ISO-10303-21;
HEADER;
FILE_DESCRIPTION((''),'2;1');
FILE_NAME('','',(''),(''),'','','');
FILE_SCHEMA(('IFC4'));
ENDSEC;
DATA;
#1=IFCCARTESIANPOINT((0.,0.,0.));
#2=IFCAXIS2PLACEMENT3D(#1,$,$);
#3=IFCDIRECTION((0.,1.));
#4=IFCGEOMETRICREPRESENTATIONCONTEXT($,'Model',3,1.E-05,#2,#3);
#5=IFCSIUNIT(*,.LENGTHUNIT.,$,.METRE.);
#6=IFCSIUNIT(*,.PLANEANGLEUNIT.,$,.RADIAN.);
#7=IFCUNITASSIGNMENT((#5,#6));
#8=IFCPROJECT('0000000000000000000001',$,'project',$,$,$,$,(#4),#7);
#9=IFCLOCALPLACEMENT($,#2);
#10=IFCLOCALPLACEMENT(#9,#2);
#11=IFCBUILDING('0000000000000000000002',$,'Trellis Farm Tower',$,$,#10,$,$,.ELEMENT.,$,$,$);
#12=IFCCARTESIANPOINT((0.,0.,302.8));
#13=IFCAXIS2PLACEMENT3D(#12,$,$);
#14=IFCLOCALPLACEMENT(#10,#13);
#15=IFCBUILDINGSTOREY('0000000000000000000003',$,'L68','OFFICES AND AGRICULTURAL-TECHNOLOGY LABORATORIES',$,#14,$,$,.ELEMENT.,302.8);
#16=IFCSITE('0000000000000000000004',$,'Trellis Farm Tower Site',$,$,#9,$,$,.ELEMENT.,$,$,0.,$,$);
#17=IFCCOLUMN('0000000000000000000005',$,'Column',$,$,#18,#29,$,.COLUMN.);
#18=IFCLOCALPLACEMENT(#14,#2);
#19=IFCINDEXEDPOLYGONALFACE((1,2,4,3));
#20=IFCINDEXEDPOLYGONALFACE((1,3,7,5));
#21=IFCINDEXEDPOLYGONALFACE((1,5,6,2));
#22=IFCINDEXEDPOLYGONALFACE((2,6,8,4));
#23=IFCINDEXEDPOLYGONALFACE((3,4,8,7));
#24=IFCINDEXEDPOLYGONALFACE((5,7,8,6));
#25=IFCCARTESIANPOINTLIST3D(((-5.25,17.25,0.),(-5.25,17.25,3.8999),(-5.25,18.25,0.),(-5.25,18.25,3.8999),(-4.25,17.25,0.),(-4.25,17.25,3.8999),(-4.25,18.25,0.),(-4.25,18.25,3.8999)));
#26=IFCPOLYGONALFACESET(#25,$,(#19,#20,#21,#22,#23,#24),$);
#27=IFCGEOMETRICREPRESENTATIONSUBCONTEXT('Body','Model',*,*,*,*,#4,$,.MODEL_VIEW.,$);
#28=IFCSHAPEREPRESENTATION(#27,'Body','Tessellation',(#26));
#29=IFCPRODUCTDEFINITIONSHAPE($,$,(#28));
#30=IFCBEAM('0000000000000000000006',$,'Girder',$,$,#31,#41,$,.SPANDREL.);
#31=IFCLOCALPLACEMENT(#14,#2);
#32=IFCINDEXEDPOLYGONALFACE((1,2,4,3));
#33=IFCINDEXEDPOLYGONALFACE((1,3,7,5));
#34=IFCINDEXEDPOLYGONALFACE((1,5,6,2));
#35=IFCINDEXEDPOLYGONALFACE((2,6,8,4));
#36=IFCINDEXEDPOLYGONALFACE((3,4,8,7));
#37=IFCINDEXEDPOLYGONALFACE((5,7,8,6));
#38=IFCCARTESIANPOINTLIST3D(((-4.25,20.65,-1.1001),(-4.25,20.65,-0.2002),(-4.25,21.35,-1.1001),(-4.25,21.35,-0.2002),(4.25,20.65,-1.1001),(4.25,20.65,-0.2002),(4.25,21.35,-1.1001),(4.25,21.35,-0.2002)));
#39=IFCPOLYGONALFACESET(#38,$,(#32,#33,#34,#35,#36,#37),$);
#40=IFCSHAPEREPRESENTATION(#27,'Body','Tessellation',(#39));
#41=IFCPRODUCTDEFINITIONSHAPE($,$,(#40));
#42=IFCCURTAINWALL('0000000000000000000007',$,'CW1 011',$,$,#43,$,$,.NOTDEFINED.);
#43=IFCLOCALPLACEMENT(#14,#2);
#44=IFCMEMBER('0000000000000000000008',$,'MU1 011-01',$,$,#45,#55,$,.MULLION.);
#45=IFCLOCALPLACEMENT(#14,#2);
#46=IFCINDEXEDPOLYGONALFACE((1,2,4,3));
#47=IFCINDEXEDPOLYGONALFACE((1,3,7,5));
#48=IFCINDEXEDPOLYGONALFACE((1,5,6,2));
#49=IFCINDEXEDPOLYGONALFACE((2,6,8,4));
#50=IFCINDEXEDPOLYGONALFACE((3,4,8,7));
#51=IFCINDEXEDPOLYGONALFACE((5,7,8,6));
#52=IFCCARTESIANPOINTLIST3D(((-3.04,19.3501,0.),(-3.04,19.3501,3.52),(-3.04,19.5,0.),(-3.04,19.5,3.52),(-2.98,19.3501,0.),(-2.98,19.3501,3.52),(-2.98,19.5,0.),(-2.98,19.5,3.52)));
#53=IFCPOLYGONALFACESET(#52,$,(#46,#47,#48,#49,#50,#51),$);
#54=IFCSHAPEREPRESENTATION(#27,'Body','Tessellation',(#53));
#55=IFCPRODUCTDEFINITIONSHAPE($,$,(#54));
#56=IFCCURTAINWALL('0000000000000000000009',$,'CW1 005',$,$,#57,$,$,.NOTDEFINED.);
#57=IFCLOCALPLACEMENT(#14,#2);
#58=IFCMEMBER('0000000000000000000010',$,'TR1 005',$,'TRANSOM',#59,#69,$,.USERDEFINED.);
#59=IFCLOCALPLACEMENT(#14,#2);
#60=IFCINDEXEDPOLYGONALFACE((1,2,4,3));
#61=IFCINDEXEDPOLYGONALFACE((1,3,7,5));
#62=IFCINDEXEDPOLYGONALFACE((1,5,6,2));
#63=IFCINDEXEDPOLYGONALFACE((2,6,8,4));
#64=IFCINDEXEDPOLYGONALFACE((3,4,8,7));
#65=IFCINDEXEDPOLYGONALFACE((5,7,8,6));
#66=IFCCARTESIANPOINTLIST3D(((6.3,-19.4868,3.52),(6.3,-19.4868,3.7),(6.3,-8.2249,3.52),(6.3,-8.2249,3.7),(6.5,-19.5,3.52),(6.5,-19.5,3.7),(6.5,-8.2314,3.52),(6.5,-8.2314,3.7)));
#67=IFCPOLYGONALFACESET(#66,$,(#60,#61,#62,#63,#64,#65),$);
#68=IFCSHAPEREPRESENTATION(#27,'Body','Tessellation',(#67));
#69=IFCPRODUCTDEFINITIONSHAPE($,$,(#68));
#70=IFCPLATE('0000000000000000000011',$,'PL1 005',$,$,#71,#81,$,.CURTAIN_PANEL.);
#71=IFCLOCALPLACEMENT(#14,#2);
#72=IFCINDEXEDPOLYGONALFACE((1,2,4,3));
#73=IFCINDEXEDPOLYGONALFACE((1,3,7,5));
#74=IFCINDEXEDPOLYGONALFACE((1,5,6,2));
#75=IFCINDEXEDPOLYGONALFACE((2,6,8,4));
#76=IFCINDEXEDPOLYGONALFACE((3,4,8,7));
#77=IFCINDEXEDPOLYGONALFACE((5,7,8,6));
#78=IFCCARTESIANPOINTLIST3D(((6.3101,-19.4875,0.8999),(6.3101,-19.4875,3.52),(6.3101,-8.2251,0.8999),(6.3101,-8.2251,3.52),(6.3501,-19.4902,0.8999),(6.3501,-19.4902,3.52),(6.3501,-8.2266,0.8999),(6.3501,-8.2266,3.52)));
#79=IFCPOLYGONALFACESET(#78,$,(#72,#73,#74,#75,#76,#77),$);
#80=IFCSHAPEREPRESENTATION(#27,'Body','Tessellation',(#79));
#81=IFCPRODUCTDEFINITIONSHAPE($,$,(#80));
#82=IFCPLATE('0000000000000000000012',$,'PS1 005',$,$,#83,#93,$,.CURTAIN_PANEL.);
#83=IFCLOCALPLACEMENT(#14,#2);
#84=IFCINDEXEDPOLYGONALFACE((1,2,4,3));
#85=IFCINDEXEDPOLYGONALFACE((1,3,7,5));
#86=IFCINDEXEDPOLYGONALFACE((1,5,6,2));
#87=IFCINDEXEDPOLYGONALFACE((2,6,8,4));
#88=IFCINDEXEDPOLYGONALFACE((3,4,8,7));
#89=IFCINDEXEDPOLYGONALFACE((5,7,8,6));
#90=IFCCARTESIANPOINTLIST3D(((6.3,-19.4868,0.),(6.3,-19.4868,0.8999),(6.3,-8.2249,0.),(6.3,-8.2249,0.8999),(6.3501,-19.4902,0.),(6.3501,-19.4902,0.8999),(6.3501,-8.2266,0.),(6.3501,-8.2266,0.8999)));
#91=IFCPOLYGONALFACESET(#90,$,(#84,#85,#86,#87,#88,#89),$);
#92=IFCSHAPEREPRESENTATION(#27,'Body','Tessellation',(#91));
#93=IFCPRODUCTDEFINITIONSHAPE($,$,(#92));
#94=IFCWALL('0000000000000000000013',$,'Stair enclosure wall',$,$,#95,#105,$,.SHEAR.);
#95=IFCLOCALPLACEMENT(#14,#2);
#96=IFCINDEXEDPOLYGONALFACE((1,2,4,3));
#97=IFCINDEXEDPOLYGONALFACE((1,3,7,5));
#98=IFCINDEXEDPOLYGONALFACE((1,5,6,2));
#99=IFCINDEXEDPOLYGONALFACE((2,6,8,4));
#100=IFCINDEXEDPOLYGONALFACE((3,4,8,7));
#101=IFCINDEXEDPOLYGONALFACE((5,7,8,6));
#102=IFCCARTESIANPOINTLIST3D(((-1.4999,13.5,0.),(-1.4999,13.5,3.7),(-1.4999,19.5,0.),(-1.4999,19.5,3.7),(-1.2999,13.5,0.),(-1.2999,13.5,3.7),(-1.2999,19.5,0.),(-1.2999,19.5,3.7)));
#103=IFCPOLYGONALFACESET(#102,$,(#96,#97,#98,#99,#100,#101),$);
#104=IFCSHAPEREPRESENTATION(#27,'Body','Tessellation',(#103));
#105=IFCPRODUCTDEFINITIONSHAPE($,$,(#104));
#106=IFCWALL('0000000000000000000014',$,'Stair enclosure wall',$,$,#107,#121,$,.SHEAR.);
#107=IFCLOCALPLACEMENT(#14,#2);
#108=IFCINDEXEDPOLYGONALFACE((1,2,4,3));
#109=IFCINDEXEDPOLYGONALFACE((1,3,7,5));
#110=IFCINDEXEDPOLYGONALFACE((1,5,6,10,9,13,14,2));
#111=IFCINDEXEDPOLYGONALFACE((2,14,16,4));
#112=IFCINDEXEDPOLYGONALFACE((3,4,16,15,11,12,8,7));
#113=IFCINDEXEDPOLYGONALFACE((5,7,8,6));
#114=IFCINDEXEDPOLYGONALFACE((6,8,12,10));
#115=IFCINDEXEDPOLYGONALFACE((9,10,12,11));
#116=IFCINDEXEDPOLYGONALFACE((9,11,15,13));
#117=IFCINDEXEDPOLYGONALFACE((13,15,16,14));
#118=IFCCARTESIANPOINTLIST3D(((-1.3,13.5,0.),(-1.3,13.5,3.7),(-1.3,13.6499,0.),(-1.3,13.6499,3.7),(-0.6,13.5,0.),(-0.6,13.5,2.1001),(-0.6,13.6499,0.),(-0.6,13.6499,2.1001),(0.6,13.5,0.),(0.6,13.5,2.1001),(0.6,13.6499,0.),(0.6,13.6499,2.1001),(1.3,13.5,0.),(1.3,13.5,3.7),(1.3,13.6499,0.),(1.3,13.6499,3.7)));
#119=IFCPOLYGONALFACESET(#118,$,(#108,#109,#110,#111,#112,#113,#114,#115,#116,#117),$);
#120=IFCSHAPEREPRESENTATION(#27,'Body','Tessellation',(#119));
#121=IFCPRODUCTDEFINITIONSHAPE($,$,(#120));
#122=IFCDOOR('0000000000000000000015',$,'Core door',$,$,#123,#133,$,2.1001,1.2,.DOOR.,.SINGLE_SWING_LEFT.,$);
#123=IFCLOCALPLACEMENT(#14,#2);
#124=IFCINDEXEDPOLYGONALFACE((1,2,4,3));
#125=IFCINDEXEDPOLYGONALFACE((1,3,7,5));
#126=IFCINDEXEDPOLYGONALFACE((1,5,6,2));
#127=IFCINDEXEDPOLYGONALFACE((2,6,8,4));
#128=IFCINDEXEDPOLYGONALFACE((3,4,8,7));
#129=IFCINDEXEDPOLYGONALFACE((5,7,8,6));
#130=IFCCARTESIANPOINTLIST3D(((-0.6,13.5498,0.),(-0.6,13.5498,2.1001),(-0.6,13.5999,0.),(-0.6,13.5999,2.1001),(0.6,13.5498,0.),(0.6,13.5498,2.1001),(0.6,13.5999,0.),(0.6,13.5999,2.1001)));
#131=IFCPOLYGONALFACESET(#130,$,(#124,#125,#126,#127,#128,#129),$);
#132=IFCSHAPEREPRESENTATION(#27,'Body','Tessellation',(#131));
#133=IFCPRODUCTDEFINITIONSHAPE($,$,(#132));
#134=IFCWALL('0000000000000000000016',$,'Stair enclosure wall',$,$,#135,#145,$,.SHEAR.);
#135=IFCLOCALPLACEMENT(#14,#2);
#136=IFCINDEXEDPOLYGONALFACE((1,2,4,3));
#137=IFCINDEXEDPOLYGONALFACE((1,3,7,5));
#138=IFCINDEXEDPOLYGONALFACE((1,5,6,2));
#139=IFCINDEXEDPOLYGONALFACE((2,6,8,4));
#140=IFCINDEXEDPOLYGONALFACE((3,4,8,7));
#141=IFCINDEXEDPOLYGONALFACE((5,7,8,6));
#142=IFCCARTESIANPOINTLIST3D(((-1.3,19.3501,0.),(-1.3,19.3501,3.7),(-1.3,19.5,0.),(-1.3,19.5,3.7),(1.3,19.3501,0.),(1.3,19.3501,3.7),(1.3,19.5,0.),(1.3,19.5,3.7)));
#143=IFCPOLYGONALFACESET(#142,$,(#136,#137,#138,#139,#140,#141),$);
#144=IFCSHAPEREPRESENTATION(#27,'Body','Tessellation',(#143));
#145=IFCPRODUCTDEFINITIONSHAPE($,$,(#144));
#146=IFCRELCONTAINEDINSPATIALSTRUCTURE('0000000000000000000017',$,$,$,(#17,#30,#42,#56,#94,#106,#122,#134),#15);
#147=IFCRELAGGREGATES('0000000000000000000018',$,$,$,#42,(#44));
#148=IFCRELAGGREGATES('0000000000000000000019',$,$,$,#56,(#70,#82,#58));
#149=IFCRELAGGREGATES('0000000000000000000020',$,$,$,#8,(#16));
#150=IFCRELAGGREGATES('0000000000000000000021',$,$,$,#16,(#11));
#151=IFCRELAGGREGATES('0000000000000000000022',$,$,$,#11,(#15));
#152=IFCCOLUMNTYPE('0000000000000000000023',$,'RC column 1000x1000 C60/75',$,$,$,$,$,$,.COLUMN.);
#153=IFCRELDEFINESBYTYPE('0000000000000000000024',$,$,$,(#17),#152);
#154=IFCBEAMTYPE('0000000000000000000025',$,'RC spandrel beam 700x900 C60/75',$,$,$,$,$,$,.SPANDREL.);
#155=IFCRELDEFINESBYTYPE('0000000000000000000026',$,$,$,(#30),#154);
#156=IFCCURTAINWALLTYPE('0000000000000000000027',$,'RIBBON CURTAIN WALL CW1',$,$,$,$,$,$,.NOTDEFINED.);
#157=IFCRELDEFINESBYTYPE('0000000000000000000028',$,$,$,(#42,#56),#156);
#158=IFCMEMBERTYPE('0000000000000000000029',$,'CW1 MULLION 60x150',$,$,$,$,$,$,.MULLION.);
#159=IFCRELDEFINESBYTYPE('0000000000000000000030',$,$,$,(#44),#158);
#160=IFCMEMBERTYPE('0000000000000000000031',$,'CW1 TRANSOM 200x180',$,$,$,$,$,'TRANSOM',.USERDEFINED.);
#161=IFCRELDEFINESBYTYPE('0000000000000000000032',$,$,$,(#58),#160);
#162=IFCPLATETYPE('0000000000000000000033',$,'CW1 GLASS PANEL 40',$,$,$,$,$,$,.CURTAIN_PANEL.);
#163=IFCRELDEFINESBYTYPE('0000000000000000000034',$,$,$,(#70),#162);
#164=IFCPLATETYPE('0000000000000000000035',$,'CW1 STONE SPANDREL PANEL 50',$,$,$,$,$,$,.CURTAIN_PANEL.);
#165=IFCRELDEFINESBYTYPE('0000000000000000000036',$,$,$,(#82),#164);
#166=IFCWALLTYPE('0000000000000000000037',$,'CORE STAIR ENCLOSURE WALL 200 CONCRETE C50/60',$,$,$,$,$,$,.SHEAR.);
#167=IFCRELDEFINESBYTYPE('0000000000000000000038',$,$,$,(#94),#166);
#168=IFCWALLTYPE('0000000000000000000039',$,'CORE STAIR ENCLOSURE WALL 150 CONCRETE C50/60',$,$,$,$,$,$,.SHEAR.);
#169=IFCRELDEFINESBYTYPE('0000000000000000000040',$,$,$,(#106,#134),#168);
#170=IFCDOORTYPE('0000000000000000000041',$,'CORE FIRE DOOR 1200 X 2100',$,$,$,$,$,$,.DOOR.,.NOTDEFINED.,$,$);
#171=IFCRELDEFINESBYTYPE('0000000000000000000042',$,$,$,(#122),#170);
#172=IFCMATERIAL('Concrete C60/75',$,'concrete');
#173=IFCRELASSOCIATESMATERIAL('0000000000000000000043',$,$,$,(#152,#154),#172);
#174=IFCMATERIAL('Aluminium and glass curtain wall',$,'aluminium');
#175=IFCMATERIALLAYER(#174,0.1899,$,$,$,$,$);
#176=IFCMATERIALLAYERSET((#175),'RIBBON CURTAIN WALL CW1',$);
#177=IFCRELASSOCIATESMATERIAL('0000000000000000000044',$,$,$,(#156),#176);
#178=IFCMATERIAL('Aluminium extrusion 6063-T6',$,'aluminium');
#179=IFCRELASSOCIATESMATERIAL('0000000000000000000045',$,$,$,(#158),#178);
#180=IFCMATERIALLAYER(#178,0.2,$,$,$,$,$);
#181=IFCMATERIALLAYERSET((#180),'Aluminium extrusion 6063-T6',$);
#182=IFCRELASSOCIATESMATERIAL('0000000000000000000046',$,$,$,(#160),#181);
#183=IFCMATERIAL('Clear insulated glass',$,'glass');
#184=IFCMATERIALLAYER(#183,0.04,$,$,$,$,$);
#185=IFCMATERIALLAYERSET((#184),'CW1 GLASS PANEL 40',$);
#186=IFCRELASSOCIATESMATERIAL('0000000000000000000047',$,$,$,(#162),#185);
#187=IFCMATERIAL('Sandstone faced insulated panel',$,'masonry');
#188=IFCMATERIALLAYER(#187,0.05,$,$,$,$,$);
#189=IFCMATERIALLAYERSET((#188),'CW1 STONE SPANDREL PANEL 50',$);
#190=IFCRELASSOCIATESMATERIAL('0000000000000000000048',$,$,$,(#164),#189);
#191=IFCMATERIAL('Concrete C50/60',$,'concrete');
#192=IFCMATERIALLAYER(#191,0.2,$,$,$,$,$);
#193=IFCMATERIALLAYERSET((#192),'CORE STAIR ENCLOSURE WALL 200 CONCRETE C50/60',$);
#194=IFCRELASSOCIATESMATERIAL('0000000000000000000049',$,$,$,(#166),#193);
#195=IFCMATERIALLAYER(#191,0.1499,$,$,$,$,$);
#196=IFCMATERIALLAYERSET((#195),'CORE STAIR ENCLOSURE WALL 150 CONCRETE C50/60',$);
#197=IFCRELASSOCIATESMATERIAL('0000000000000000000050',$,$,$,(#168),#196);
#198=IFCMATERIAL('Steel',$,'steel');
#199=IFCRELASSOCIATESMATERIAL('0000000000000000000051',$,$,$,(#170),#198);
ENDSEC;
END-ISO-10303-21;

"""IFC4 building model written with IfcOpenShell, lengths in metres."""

from ifc_helpers import new_model, si_unit, direction, frame, frame_2d, origin, origin_2d, place, context, subcontext, project, spatial, polyline, rectangle, outline, extrude, source, transform, mapped, material, layer, layer_set, material_profile, profile_set, type_object, element, fill, aggregate, save


model = new_model("IFC4")

# Units and contexts
model_context = context("Model", 3, precision=1e-05, world=origin(), true_north=direction((0.0, 1.0)))
body_context = subcontext(model_context, "Body", "Model", "MODEL_VIEW")
ifc_project = project(units=[si_unit("LENGTHUNIT", "METRE"), si_unit("PLANEANGLEUNIT", "RADIAN")], contexts=[model_context])

# Site, building, storey
site_placement = place(None, origin())
site = spatial("IfcSite", under=ifc_project, at=site_placement, Name="Trellis Farm Tower Site", CompositionType="ELEMENT", RefElevation=0.0)
building_placement = place(site_placement, origin())
building = spatial("IfcBuilding", under=site, at=building_placement, Name="Trellis Farm Tower", CompositionType="ELEMENT")
storey_placement = place(building_placement, frame((0.0, 0.0, 302.8)))
storey = spatial("IfcBuildingStorey", under=building, at=storey_placement, Name="L68", Description="OFFICES AND AGRICULTURAL-TECHNOLOGY LABORATORIES", CompositionType="ELEMENT", Elevation=302.8)

# Column
ifc_material_1 = material(Name="Concrete C60/75", Category="concrete")
ifc_material_profile_1 = material_profile(ifc_material_1, rectangle(XDim=1.0, YDim=1.0, at=origin_2d()), Name="RC column 1000x1000 C60/75")
ifc_profile_set_1 = profile_set([ifc_material_profile_1], Name="Concrete C60/75")
column_type = type_object("IfcColumnType", Name="RC column 1000x1000 C60/75", PredefinedType="COLUMN", material=ifc_profile_set_1)
shared_shape_1 = source(origin(), body_context, "Body", "SweptSolid", [
    extrude(rectangle(XDim=1.0, YDim=1.0, at=origin_2d()), origin(), (0.0, 0.0, 1.0), 3.8999),
])
column_placement = place(storey_placement, frame((-4.75, 17.75, 0.0), z_axis=(0.0, 0.0, 1.0), x_axis=(1.0, 0.0, 0.0)))
element("IfcColumn", 1, at=column_placement, inside=storey, type_object=column_type, Name="Column", PredefinedType="COLUMN", context=body_context, shape_type="MappedRepresentation", body=[
    mapped(shared_shape_1, transform((0.0, 0.0, 0.0))),
])

# Beam
ifc_material_profile_2 = material_profile(ifc_material_1, rectangle(XDim=0.7, YDim=0.8999, at=origin_2d()), Name="RC spandrel beam 700x900 C60/75")
ifc_profile_set_2 = profile_set([ifc_material_profile_2], Name="Concrete C60/75")
beam_type = type_object("IfcBeamType", Name="RC spandrel beam 700x900 C60/75", PredefinedType="SPANDREL", material=ifc_profile_set_2)
shared_shape_2 = source(origin(), body_context, "Body", "SweptSolid", [
    extrude(rectangle(XDim=0.7, YDim=0.8999, at=origin_2d()), origin(), (0.0, 0.0, 1.0), 8.5),
])
beam_placement = place(storey_placement, frame((-4.25, 21.0, -0.6501), z_axis=(1.0, 0.0, 0.0), x_axis=(0.0, 1.0, 0.0)))
element("IfcBeam", 2, at=beam_placement, inside=storey, type_object=beam_type, Name="Girder", PredefinedType="SPANDREL", context=body_context, shape_type="MappedRepresentation", body=[
    mapped(shared_shape_2, transform((0.0, 0.0, 0.0))),
])

# Curtain wall, member
ifc_material_2 = material(Name="Aluminium and glass curtain wall", Category="aluminium")
ifc_layer_1 = layer(ifc_material_2, 0.1899)
ifc_layer_set_1 = layer_set([ifc_layer_1], Name="RIBBON CURTAIN WALL CW1")
curtain_wall_type = type_object("IfcCurtainWallType", Name="RIBBON CURTAIN WALL CW1", PredefinedType="NOTDEFINED", material=ifc_layer_set_1)
placement = place(storey_placement, origin())
curtain_wall_1 = element("IfcCurtainWall", 3, at=placement, inside=storey, type_object=curtain_wall_type, Name="CW1 011", PredefinedType="NOTDEFINED")
ifc_material_3 = material(Name="Aluminium extrusion 6063-T6", Category="aluminium")
ifc_material_profile_3 = material_profile(ifc_material_3, rectangle(XDim=0.0601, YDim=0.1499, at=origin_2d()), Name="MULLION 60x150")
ifc_profile_set_3 = profile_set([ifc_material_profile_3], Name="Aluminium extrusion 6063-T6")
member_type_1 = type_object("IfcMemberType", Name="CW1 MULLION 60x150", PredefinedType="MULLION", material=ifc_profile_set_3)
shared_shape_3 = source(origin(), body_context, "Body", "SweptSolid", [
    extrude(rectangle(XDim=0.0601, YDim=0.1499, at=origin_2d()), origin(), (0.0, 0.0, 1.0), 3.52),
])
member_1_placement = place(storey_placement, frame((-3.01, 19.425, 0.0), z_axis=(0.0, 0.0, 1.0), x_axis=(-1.0, 0.0, 0.0)))
member_1 = element("IfcMember", 4, at=member_1_placement, type_object=member_type_1, Name="MU1 011-01", PredefinedType="MULLION", context=body_context, shape_type="MappedRepresentation", body=[
    mapped(shared_shape_3, transform((0.0, 0.0, 0.0))),
])
aggregate(curtain_wall_1, [member_1])

# Curtain wall, member, plates
curtain_wall_2 = element("IfcCurtainWall", 5, at=placement, inside=storey, type_object=curtain_wall_type, Name="CW1 005", PredefinedType="NOTDEFINED")
ifc_layer_2 = layer(ifc_material_3, 0.2)
ifc_layer_set_2 = layer_set([ifc_layer_2], Name="Aluminium extrusion 6063-T6")
member_type_2 = type_object("IfcMemberType", Name="CW1 TRANSOM 200x180", ElementType="TRANSOM", PredefinedType="USERDEFINED", material=ifc_layer_set_2)
shared_shape_4 = source(origin(), body_context, "Body", "SweptSolid", [
    extrude(outline(polyline([(6.5, -19.5), (6.5, -8.2314), (6.3, -8.2249), (6.3, -19.4868), (6.5, -19.5)])), origin(), (0.0, 0.0, 1.0), 0.1799),
])
member_2_placement = place(storey_placement, frame((0.0, 0.0, 3.52)))
member_2 = element("IfcMember", 6, at=member_2_placement, type_object=member_type_2, Name="TR1 005", ObjectType="TRANSOM", PredefinedType="USERDEFINED", context=body_context, shape_type="MappedRepresentation", body=[
    mapped(shared_shape_4, transform((0.0, 0.0, 0.0))),
])
ifc_material_4 = material(Name="Clear insulated glass", Category="glass")
ifc_layer_3 = layer(ifc_material_4, 0.04)
ifc_layer_set_3 = layer_set([ifc_layer_3], Name="CW1 GLASS PANEL 40")
plate_type_1 = type_object("IfcPlateType", Name="CW1 GLASS PANEL 40", PredefinedType="CURTAIN_PANEL", material=ifc_layer_set_3)
shared_shape_5 = source(origin(), body_context, "Body", "SweptSolid", [
    extrude(outline(polyline([(6.3501, -19.4902), (6.3501, -8.2266), (6.3101, -8.2251), (6.3101, -19.4875), (6.3501, -19.4902)])), origin(), (0.0, 0.0, 1.0), 2.6201),
])
plate_1_placement = place(storey_placement, frame((0.0, 0.0, 0.8999)))
plate_1 = element("IfcPlate", 7, at=plate_1_placement, type_object=plate_type_1, Name="PL1 005", PredefinedType="CURTAIN_PANEL", context=body_context, shape_type="MappedRepresentation", body=[
    mapped(shared_shape_5, transform((0.0, 0.0, 0.0))),
])
ifc_material_5 = material(Name="Sandstone faced insulated panel", Category="masonry")
ifc_layer_4 = layer(ifc_material_5, 0.05)
ifc_layer_set_4 = layer_set([ifc_layer_4], Name="CW1 STONE SPANDREL PANEL 50")
plate_type_2 = type_object("IfcPlateType", Name="CW1 STONE SPANDREL PANEL 50", PredefinedType="CURTAIN_PANEL", material=ifc_layer_set_4)
shared_shape_6 = source(origin(), body_context, "Body", "SweptSolid", [
    extrude(outline(polyline([(6.3501, -19.4902), (6.3501, -8.2266), (6.3, -8.2249), (6.3, -19.4868), (6.3501, -19.4902)])), origin(), (0.0, 0.0, 1.0), 0.8999),
])
plate_2 = element("IfcPlate", 8, at=placement, type_object=plate_type_2, Name="PS1 005", PredefinedType="CURTAIN_PANEL", context=body_context, shape_type="MappedRepresentation", body=[
    mapped(shared_shape_6, transform((0.0, 0.0, 0.0))),
])
aggregate(curtain_wall_2, [plate_1, plate_2, member_2])

# Wall
ifc_material_6 = material(Name="Concrete C50/60", Category="concrete")
ifc_layer_5 = layer(ifc_material_6, 0.2)
ifc_layer_set_5 = layer_set([ifc_layer_5], Name="CORE STAIR ENCLOSURE WALL 200 CONCRETE C50/60")
wall_type_1 = type_object("IfcWallType", Name="CORE STAIR ENCLOSURE WALL 200 CONCRETE C50/60", PredefinedType="SHEAR", material=ifc_layer_set_5)
shared_shape_7 = source(origin(), body_context, "Body", "SweptSolid", [
    extrude(rectangle(XDim=6.0, YDim=0.2, at=frame_2d((3.0, 0.0))), origin(), (0.0, 0.0, 1.0), 3.7),
])
wall_1_placement = place(storey_placement, frame((-1.3999, 13.5, 0.0), z_axis=(0.0, 0.0, 1.0), x_axis=(0.0, 1.0, 0.0)))
element("IfcWall", 9, at=wall_1_placement, inside=storey, type_object=wall_type_1, Name="Stair enclosure wall", PredefinedType="SHEAR", context=body_context, shape_type="MappedRepresentation", body=[
    mapped(shared_shape_7, transform((0.0, 0.0, 0.0))),
])

# Wall, opening, door
ifc_layer_6 = layer(ifc_material_6, 0.1499)
ifc_layer_set_6 = layer_set([ifc_layer_6], Name="CORE STAIR ENCLOSURE WALL 150 CONCRETE C50/60")
wall_type_2 = type_object("IfcWallType", Name="CORE STAIR ENCLOSURE WALL 150 CONCRETE C50/60", PredefinedType="SHEAR", material=ifc_layer_set_6)
shared_shape_8 = source(origin(), body_context, "Body", "SweptSolid", [
    extrude(rectangle(XDim=2.6001, YDim=0.1499, at=frame_2d((1.3, 0.0))), origin(), (0.0, 0.0, 1.0), 3.7),
])
wall_2_placement = place(storey_placement, frame((-1.3, 13.575, 0.0), z_axis=(0.0, 0.0, 1.0), x_axis=(1.0, 0.0, 0.0)))
wall_2 = element("IfcWall", 10, at=wall_2_placement, inside=storey, type_object=wall_type_2, Name="Stair enclosure wall", PredefinedType="SHEAR", context=body_context, shape_type="MappedRepresentation", body=[
    mapped(shared_shape_8, transform((0.0, 0.0, 0.0))),
])
shared_shape_9 = source(origin(), body_context, "Body", "SweptSolid", [
    extrude(rectangle(XDim=1.2, YDim=2.1001, at=frame_2d((0.6001, 1.05))), frame((0.0, 0.085, 0.0), z_axis=(0.0, -1.0, 0.0), x_axis=(1.0, 0.0, 0.0)), (0.0, 0.0, 1.0), 0.1699),
])
opening_1_placement = place(wall_2_placement, frame((0.7, 0.0, 0.0)))
opening_1 = element("IfcOpeningElement", 11, at=opening_1_placement, cuts=wall_2, PredefinedType="OPENING", context=body_context, shape_type="MappedRepresentation", body=[
    mapped(shared_shape_9, transform((0.0, 0.0, 0.0))),
])
ifc_material_7 = material(Name="Steel", Category="steel")
door_type_1 = type_object("IfcDoorType", Name="CORE FIRE DOOR 1200 X 2100", OperationType="NOTDEFINED", PredefinedType="DOOR", material=ifc_material_7)
shared_shape_10 = source(origin(), body_context, "Body", "SweptSolid", [
    extrude(rectangle(XDim=1.2, YDim=2.1001, at=frame_2d((0.6001, 1.05))), frame((0.0, 0.0249, 0.0), z_axis=(0.0, -1.0, 0.0), x_axis=(1.0, 0.0, 0.0)), (0.0, 0.0, 1.0), 0.05),
])
door_1_placement = place(opening_1_placement, origin())
door_1 = element("IfcDoor", 12, at=door_1_placement, inside=storey, type_object=door_type_1, Name="Core door", OperationType="SINGLE_SWING_LEFT", OverallHeight=2.1001, OverallWidth=1.2, PredefinedType="DOOR", context=body_context, shape_type="MappedRepresentation", body=[
    mapped(shared_shape_10, transform((0.0, 0.0, 0.0))),
])
fill(opening_1, door_1)

# Wall
wall_3_placement = place(storey_placement, frame((-1.3, 19.425, 0.0), z_axis=(0.0, 0.0, 1.0), x_axis=(1.0, 0.0, 0.0)))
element("IfcWall", 13, at=wall_3_placement, inside=storey, type_object=wall_type_2, Name="Stair enclosure wall", PredefinedType="SHEAR", context=body_context, shape_type="MappedRepresentation", body=[
    mapped(shared_shape_8, transform((0.0, 0.0, 0.0))),
])

save(model, "model.ifc")
